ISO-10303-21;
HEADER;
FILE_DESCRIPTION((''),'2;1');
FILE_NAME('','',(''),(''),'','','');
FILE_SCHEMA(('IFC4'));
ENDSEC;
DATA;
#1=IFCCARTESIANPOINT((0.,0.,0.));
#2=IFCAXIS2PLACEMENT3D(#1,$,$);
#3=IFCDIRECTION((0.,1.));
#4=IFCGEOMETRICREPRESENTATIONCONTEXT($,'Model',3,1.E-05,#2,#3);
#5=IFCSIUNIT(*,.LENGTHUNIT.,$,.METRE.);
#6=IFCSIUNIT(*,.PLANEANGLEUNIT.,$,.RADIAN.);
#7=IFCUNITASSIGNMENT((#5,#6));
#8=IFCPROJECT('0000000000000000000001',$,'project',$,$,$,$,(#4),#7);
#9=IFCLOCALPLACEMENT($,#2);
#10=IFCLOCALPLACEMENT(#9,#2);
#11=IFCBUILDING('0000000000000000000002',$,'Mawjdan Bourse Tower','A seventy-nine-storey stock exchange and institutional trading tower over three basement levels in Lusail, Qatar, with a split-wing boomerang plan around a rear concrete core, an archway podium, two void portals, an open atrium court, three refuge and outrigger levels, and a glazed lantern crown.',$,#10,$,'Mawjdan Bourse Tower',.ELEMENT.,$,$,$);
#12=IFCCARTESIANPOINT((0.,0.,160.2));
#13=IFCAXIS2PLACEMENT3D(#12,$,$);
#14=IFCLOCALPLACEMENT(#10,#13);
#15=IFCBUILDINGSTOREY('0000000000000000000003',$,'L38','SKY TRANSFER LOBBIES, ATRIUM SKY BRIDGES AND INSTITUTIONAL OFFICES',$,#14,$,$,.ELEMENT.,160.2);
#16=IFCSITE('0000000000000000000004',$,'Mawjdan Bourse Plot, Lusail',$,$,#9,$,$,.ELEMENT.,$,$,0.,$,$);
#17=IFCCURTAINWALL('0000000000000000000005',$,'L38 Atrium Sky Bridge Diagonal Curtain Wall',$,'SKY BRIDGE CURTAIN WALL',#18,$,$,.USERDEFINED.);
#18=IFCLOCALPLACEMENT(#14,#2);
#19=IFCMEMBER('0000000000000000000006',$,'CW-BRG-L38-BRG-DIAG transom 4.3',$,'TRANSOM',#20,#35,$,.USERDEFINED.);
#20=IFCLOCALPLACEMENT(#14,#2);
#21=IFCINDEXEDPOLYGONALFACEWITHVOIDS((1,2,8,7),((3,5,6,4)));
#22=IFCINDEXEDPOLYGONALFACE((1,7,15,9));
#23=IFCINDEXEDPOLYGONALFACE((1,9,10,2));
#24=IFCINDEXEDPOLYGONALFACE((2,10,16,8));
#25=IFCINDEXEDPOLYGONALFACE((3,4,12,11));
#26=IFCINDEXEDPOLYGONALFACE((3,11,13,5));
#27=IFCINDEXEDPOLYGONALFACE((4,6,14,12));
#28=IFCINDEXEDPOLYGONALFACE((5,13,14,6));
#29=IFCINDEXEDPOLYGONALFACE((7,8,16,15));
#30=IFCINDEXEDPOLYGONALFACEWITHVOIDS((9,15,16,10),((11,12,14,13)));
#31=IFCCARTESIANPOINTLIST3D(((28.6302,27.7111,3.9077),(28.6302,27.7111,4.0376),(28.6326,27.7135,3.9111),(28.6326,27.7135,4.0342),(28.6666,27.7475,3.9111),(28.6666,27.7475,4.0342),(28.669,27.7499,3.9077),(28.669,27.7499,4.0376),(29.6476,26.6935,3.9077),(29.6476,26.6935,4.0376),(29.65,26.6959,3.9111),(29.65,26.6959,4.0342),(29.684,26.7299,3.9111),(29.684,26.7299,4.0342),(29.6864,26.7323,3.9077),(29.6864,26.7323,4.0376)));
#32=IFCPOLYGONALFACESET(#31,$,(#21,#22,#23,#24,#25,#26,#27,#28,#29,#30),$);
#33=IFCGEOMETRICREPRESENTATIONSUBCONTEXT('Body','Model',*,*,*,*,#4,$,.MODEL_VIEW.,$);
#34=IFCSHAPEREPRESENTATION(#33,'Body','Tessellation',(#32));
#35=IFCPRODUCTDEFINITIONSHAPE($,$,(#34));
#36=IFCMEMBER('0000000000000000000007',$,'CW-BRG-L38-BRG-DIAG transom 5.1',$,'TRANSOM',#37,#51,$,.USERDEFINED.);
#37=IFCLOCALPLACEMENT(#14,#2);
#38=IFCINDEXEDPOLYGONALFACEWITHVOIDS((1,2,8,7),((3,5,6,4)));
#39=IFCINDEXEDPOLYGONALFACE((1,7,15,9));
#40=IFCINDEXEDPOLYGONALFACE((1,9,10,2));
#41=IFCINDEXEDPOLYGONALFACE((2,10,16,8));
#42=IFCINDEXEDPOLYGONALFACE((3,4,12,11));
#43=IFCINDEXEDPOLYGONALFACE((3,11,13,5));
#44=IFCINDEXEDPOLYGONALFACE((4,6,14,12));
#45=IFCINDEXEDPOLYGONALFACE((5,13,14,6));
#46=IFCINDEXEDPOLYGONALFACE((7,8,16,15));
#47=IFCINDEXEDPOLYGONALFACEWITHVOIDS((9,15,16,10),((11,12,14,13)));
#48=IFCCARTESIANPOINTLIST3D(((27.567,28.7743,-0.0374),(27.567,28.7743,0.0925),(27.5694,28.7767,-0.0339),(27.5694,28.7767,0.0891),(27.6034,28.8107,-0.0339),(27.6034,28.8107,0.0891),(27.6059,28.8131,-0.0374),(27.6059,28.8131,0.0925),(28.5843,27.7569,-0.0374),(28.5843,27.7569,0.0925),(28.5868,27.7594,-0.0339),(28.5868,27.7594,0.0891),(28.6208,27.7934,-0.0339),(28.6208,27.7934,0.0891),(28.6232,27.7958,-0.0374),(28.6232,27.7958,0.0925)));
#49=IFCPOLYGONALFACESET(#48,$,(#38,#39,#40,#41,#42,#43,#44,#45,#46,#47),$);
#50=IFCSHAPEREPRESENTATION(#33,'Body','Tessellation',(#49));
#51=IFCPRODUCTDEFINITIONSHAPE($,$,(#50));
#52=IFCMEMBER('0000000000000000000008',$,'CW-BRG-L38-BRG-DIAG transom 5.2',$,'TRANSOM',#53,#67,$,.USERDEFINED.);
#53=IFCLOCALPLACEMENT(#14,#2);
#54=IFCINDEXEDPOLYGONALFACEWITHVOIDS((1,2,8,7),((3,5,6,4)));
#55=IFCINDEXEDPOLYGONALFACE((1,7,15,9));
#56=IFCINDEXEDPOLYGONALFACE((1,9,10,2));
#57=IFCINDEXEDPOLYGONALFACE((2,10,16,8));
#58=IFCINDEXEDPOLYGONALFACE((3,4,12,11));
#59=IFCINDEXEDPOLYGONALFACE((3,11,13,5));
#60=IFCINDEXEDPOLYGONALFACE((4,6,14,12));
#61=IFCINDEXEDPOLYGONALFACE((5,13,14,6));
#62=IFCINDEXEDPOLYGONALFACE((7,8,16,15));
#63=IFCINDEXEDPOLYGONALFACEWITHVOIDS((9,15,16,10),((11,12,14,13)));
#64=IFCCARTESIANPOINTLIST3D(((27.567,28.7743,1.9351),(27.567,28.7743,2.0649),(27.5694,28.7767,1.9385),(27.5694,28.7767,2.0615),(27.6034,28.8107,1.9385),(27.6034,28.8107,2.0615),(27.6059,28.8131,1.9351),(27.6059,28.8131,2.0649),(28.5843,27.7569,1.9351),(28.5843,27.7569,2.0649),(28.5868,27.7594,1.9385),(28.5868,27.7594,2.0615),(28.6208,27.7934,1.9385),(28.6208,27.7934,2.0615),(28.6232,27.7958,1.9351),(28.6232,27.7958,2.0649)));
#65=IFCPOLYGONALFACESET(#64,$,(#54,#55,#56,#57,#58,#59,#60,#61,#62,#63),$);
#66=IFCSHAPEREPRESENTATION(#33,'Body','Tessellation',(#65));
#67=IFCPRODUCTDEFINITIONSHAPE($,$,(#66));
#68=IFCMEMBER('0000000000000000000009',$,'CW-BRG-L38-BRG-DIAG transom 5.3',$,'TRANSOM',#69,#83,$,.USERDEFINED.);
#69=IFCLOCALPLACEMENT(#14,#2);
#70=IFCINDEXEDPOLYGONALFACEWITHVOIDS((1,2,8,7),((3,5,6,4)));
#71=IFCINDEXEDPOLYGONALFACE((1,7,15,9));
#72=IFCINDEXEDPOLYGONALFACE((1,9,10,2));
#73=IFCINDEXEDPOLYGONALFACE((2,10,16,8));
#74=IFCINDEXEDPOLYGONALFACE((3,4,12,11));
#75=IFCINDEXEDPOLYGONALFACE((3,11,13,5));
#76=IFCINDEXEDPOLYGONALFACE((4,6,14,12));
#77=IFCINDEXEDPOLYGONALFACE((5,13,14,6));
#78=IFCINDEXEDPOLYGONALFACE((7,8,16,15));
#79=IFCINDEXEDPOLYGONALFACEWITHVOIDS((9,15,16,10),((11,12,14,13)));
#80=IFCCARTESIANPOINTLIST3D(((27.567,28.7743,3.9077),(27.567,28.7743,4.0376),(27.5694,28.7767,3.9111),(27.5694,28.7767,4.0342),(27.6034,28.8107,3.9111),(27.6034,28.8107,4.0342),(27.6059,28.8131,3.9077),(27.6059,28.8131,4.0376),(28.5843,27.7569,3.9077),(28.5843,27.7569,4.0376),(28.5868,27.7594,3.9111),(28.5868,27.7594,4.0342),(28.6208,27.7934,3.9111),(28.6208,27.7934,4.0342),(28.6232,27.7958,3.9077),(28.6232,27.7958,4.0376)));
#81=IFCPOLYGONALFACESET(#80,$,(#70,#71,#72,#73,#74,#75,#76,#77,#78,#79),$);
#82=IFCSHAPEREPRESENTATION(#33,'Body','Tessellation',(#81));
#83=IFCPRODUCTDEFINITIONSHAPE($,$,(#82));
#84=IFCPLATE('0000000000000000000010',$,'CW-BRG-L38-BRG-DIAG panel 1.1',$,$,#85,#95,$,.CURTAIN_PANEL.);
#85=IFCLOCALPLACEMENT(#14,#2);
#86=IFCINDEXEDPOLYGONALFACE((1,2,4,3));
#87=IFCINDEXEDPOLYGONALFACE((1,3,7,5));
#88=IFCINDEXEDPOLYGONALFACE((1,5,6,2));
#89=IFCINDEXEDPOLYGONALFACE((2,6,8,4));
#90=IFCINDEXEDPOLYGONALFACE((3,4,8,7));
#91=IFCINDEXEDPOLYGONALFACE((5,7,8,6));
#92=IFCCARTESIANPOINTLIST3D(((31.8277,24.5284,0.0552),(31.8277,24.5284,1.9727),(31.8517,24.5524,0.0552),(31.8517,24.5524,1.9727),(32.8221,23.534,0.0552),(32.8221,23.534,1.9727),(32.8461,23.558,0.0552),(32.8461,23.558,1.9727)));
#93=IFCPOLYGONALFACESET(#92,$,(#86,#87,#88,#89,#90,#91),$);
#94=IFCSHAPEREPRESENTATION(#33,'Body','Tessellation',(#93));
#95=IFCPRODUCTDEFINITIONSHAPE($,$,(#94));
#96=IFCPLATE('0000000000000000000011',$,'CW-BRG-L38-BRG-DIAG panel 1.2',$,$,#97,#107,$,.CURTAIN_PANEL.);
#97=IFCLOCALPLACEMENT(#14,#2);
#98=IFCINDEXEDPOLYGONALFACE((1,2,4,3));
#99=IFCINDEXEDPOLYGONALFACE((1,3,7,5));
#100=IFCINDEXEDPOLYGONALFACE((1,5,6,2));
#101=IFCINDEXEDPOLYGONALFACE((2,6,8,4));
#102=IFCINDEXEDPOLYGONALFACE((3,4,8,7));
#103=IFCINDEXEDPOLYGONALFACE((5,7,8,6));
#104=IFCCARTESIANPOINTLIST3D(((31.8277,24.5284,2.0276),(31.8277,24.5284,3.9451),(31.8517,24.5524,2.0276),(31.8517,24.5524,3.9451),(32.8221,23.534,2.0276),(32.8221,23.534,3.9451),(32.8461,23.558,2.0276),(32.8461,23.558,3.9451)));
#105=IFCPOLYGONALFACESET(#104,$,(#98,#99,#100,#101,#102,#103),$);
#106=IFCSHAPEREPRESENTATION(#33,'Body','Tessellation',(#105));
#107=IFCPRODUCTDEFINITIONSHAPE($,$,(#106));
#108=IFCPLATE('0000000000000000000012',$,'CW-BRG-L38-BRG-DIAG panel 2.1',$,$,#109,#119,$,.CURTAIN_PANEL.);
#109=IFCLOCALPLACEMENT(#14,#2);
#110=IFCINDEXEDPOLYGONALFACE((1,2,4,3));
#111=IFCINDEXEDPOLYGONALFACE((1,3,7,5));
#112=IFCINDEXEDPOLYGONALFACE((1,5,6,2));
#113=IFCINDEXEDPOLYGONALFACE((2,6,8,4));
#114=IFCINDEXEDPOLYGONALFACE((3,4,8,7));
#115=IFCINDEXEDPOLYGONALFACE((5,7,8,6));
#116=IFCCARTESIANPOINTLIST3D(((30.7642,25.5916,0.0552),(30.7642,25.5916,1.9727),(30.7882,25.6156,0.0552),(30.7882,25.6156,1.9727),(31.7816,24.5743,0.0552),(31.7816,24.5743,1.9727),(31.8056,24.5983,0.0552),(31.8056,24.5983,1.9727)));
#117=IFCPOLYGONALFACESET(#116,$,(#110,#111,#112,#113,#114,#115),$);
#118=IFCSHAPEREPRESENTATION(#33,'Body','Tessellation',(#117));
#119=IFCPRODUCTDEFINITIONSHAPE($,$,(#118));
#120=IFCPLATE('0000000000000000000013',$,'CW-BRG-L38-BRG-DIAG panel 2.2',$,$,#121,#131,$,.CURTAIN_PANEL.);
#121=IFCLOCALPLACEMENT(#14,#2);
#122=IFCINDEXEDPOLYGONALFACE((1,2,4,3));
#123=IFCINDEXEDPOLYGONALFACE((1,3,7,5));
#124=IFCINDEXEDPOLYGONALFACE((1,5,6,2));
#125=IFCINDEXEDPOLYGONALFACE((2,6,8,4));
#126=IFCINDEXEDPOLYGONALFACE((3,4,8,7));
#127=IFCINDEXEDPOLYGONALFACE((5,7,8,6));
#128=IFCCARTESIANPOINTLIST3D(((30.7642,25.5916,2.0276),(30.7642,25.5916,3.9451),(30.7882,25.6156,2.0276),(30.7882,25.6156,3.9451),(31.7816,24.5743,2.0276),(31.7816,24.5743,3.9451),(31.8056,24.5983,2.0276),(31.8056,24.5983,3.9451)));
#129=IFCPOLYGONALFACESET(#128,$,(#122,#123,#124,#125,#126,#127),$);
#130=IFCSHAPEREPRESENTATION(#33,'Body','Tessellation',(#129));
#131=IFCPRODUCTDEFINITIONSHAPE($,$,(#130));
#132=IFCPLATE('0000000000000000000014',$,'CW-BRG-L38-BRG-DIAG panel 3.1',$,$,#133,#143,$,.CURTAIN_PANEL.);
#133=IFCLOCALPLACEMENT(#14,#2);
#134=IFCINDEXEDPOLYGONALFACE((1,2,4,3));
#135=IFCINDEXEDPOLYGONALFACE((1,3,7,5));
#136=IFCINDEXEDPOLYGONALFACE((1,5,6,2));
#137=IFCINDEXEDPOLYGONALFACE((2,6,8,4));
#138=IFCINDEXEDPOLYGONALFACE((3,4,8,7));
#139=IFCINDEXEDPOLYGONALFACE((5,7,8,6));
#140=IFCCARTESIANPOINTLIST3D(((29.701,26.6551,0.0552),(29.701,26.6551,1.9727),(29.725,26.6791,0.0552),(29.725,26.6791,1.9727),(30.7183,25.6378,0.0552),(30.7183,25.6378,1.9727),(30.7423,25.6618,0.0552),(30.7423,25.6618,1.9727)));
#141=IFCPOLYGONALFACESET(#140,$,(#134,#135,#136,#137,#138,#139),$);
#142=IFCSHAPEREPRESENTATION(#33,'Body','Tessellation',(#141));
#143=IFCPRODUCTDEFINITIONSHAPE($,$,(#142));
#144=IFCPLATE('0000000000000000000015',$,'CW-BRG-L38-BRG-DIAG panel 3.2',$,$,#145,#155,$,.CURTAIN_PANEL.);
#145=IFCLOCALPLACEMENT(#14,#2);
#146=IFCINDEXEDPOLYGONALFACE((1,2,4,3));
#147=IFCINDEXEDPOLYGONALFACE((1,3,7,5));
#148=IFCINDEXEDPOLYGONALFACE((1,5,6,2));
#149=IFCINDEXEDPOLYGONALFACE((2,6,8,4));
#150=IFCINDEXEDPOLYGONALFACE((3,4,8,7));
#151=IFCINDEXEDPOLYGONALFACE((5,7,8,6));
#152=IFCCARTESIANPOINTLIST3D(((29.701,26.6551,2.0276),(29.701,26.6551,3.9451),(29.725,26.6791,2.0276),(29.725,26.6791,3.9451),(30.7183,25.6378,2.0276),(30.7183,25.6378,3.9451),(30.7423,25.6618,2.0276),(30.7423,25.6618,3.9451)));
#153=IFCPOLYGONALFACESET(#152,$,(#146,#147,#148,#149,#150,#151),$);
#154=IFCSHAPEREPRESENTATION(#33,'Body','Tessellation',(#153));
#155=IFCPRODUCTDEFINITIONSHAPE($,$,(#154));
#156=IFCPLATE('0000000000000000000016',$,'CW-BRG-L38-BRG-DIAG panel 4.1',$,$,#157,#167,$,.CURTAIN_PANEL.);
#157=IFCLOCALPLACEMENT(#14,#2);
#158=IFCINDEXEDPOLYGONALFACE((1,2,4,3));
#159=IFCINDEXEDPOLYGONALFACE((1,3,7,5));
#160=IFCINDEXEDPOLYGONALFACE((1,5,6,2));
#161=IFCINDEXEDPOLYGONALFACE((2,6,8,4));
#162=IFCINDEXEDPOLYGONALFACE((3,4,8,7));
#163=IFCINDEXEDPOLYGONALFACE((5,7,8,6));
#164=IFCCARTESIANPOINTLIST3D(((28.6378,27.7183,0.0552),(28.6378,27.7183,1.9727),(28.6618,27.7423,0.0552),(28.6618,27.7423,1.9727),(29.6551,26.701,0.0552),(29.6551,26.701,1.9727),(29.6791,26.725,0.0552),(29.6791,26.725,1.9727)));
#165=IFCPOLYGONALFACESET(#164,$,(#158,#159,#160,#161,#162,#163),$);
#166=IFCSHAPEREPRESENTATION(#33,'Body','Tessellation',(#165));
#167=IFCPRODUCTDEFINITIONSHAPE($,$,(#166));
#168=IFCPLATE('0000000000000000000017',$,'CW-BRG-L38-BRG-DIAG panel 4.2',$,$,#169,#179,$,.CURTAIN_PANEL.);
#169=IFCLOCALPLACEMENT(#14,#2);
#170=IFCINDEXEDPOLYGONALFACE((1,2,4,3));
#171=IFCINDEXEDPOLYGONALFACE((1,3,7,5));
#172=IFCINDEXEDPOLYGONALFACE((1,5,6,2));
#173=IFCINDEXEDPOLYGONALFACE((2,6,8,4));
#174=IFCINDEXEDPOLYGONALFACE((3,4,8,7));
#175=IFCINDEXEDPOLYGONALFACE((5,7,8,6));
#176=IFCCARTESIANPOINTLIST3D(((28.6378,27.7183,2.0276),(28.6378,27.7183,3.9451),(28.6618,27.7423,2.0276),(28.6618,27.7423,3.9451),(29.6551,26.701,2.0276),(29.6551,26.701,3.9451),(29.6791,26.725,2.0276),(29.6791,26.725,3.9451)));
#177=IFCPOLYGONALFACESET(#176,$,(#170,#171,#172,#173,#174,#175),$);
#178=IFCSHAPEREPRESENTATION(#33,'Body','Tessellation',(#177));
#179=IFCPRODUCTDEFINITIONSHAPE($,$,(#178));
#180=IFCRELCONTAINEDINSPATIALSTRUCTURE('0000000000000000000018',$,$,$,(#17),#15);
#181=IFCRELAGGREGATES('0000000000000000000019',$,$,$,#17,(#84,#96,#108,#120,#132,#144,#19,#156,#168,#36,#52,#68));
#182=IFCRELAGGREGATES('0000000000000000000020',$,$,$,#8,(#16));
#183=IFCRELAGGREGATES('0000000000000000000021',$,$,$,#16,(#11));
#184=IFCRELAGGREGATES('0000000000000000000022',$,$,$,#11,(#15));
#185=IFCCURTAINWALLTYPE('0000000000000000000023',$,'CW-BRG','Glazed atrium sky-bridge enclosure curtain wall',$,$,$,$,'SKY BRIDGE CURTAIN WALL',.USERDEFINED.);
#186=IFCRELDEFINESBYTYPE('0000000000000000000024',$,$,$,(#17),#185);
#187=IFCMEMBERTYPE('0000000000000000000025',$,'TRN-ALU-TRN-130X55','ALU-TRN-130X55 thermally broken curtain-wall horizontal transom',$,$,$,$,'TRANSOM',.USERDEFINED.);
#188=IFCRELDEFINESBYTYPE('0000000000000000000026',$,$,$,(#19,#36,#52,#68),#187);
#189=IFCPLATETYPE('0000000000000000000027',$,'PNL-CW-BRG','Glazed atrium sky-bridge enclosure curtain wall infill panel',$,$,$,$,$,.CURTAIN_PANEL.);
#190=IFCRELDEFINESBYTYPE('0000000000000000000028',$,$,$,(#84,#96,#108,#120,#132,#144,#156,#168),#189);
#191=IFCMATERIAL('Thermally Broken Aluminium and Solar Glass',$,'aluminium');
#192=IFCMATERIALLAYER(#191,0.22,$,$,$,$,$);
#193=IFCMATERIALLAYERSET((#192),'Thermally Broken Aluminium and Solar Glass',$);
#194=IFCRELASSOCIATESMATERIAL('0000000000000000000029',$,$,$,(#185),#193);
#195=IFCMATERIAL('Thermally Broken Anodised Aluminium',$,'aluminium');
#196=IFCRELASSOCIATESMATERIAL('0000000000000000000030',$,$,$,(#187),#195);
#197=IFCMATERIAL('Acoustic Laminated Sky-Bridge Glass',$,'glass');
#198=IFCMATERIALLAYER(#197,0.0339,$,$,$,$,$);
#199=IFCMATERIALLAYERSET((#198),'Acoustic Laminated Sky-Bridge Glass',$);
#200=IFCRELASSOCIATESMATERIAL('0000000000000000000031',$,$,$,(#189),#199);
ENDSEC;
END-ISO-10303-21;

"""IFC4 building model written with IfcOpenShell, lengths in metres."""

from ifc_helpers import new_model, si_unit, direction, frame, origin, origin_2d, place, context, subcontext, project, spatial, rectangle, hollow_rectangle, extrude, material, layer, layer_set, material_profile, profile_set, type_object, element, aggregate, save


model = new_model("IFC4")

# Units and contexts
model_context = context("Model", 3, precision=1e-05, world=origin(), true_north=direction((0.0, 1.0)))
body_context = subcontext(model_context, "Body", "Model", "MODEL_VIEW")
ifc_project = project(units=[si_unit("LENGTHUNIT", "METRE"), si_unit("PLANEANGLEUNIT", "RADIAN")], contexts=[model_context])

# Site, building, storey
site_placement = place(None, origin())
site = spatial("IfcSite", under=ifc_project, at=site_placement, Name="Mawjdan Bourse Plot, Lusail", CompositionType="ELEMENT", RefElevation=0.0)
building_placement = place(site_placement, origin())
building = spatial("IfcBuilding", under=site, at=building_placement, Name="Mawjdan Bourse Tower", Description="A seventy-nine-storey stock exchange and institutional trading tower over three basement levels in Lusail, Qatar, with a split-wing boomerang plan around a rear concrete core, an archway podium, two void portals, an open atrium court, three refuge and outrigger levels, and a glazed lantern crown.", LongName="Mawjdan Bourse Tower", CompositionType="ELEMENT")
storey_placement = place(building_placement, frame((0.0, 0.0, 160.2)))
storey = spatial("IfcBuildingStorey", under=building, at=storey_placement, Name="L38", Description="SKY TRANSFER LOBBIES, ATRIUM SKY BRIDGES AND INSTITUTIONAL OFFICES", CompositionType="ELEMENT", Elevation=160.2)

# Curtain wall
ifc_material_1 = material(Name="Thermally Broken Aluminium and Solar Glass", Category="aluminium")
ifc_layer_1 = layer(ifc_material_1, 0.22)
ifc_layer_set_1 = layer_set([ifc_layer_1], Name="Thermally Broken Aluminium and Solar Glass")
curtain_wall_type = type_object("IfcCurtainWallType", Name="CW-BRG", Description="Glazed atrium sky-bridge enclosure curtain wall", ElementType="SKY BRIDGE CURTAIN WALL", PredefinedType="USERDEFINED", material=ifc_layer_set_1)
curtain_wall_placement = place(storey_placement, origin())
curtain_wall = element("IfcCurtainWall", 1, at=curtain_wall_placement, inside=storey, type_object=curtain_wall_type, Name="L38 Atrium Sky Bridge Diagonal Curtain Wall", ObjectType="SKY BRIDGE CURTAIN WALL", PredefinedType="USERDEFINED")
ifc_material_2 = material(Name="Thermally Broken Anodised Aluminium", Category="aluminium")

# Members
ifc_material_profile_1 = material_profile(ifc_material_2, hollow_rectangle(XDim=0.0549, YDim=0.1299, WallThickness=0.0034, at=origin_2d()), Name="ALU-TRN-130X55")
ifc_profile_set_1 = profile_set([ifc_material_profile_1], Name="Thermally Broken Anodised Aluminium")
member_type_1 = type_object("IfcMemberType", Name="TRN-ALU-TRN-130X55", Description="ALU-TRN-130X55 thermally broken curtain-wall horizontal transom", ElementType="TRANSOM", PredefinedType="USERDEFINED", material=ifc_profile_set_1)
member_1_placement = place(storey_placement, frame((29.667, 26.7129, 3.9727), z_axis=(-0.707022, 0.707192, 0.0), x_axis=(-0.707192, -0.707022, 0.0)))
member_1 = element("IfcMember", 2, at=member_1_placement, type_object=member_type_1, Name="CW-BRG-L38-BRG-DIAG transom 4.3", ObjectType="TRANSOM", PredefinedType="USERDEFINED", context=body_context, shape_type="SweptSolid", body=[
    extrude(hollow_rectangle(XDim=0.0549, YDim=0.1299, WallThickness=0.0034, at=origin_2d()), origin(), (0.0, 0.0, 1.0), 1.439),
])
member_2_placement = place(storey_placement, frame((28.6038, 27.7764, 0.0276), z_axis=(-0.707107, 0.707107, 0.0), x_axis=(-0.707107, -0.707107, 0.0)))
member_2 = element("IfcMember", 3, at=member_2_placement, type_object=member_type_1, Name="CW-BRG-L38-BRG-DIAG transom 5.1", ObjectType="TRANSOM", PredefinedType="USERDEFINED", context=body_context, shape_type="SweptSolid", body=[
    extrude(hollow_rectangle(XDim=0.0549, YDim=0.1299, WallThickness=0.0034, at=origin_2d()), origin(), (0.0, 0.0, 1.0), 1.4387),
])
member_3_placement = place(storey_placement, frame((28.6038, 27.7764, 2.0), z_axis=(-0.707107, 0.707107, 0.0), x_axis=(-0.707107, -0.707107, 0.0)))
member_3 = element("IfcMember", 4, at=member_3_placement, type_object=member_type_1, Name="CW-BRG-L38-BRG-DIAG transom 5.2", ObjectType="TRANSOM", PredefinedType="USERDEFINED", context=body_context, shape_type="SweptSolid", body=[
    extrude(hollow_rectangle(XDim=0.0549, YDim=0.1299, WallThickness=0.0034, at=origin_2d()), origin(), (0.0, 0.0, 1.0), 1.4387),
])
member_4_placement = place(storey_placement, frame((28.6038, 27.7764, 3.9727), z_axis=(-0.707107, 0.707107, 0.0), x_axis=(-0.707107, -0.707107, 0.0)))
member_4 = element("IfcMember", 5, at=member_4_placement, type_object=member_type_1, Name="CW-BRG-L38-BRG-DIAG transom 5.3", ObjectType="TRANSOM", PredefinedType="USERDEFINED", context=body_context, shape_type="SweptSolid", body=[
    extrude(hollow_rectangle(XDim=0.0549, YDim=0.1299, WallThickness=0.0034, at=origin_2d()), origin(), (0.0, 0.0, 1.0), 1.4387),
])

# Plates
ifc_material_3 = material(Name="Acoustic Laminated Sky-Bridge Glass", Category="glass")
ifc_layer_2 = layer(ifc_material_3, 0.0339)
ifc_layer_set_2 = layer_set([ifc_layer_2], Name="Acoustic Laminated Sky-Bridge Glass")
plate_type = type_object("IfcPlateType", Name="PNL-CW-BRG", Description="Glazed atrium sky-bridge enclosure curtain wall infill panel", PredefinedType="CURTAIN_PANEL", material=ifc_layer_set_2)
plate_1_placement = place(storey_placement, frame((32.3369, 24.0432, 0.0552), z_axis=(0.0, 0.0, 1.0), x_axis=(-0.707107, 0.707107, 0.0)))
plate_1 = element("IfcPlate", 6, at=plate_1_placement, type_object=plate_type, Name="CW-BRG-L38-BRG-DIAG panel 1.1", PredefinedType="CURTAIN_PANEL", context=body_context, shape_type="SweptSolid", body=[
    extrude(rectangle(XDim=1.4062, YDim=0.0339, at=origin_2d()), origin(), (0.0, 0.0, 1.0), 1.9175),
])
plate_2_placement = place(storey_placement, frame((32.3369, 24.0432, 2.0276), z_axis=(0.0, 0.0, 1.0), x_axis=(-0.707107, 0.707107, 0.0)))
plate_2 = element("IfcPlate", 7, at=plate_2_placement, type_object=plate_type, Name="CW-BRG-L38-BRG-DIAG panel 1.2", PredefinedType="CURTAIN_PANEL", context=body_context, shape_type="SweptSolid", body=[
    extrude(rectangle(XDim=1.4062, YDim=0.0339, at=origin_2d()), origin(), (0.0, 0.0, 1.0), 1.9175),
])
plate_3_placement = place(storey_placement, frame((31.2849, 25.095, 0.0552), z_axis=(0.0, 0.0, 1.0), x_axis=(-0.707107, 0.707107, 0.0)))
plate_3 = element("IfcPlate", 8, at=plate_3_placement, type_object=plate_type, Name="CW-BRG-L38-BRG-DIAG panel 2.1", PredefinedType="CURTAIN_PANEL", context=body_context, shape_type="SweptSolid", body=[
    extrude(rectangle(XDim=1.4387, YDim=0.0339, at=origin_2d()), origin(), (0.0, 0.0, 1.0), 1.9175),
])
plate_4_placement = place(storey_placement, frame((31.2849, 25.095, 2.0276), z_axis=(0.0, 0.0, 1.0), x_axis=(-0.707107, 0.707107, 0.0)))
plate_4 = element("IfcPlate", 9, at=plate_4_placement, type_object=plate_type, Name="CW-BRG-L38-BRG-DIAG panel 2.2", PredefinedType="CURTAIN_PANEL", context=body_context, shape_type="SweptSolid", body=[
    extrude(rectangle(XDim=1.4387, YDim=0.0339, at=origin_2d()), origin(), (0.0, 0.0, 1.0), 1.9175),
])
plate_5_placement = place(storey_placement, frame((30.2217, 26.1584, 0.0552), z_axis=(0.0, 0.0, 1.0), x_axis=(-0.707107, 0.707107, 0.0)))
plate_5 = element("IfcPlate", 10, at=plate_5_placement, type_object=plate_type, Name="CW-BRG-L38-BRG-DIAG panel 3.1", PredefinedType="CURTAIN_PANEL", context=body_context, shape_type="SweptSolid", body=[
    extrude(rectangle(XDim=1.4387, YDim=0.0339, at=origin_2d()), origin(), (0.0, 0.0, 1.0), 1.9175),
])
plate_6_placement = place(storey_placement, frame((30.2217, 26.1584, 2.0276), z_axis=(0.0, 0.0, 1.0), x_axis=(-0.707107, 0.707107, 0.0)))
plate_6 = element("IfcPlate", 11, at=plate_6_placement, type_object=plate_type, Name="CW-BRG-L38-BRG-DIAG panel 3.2", PredefinedType="CURTAIN_PANEL", context=body_context, shape_type="SweptSolid", body=[
    extrude(rectangle(XDim=1.4387, YDim=0.0339, at=origin_2d()), origin(), (0.0, 0.0, 1.0), 1.9175),
])
plate_7_placement = place(storey_placement, frame((29.1584, 27.2217, 0.0552), z_axis=(0.0, 0.0, 1.0), x_axis=(-0.707107, 0.707107, 0.0)))
plate_7 = element("IfcPlate", 12, at=plate_7_placement, type_object=plate_type, Name="CW-BRG-L38-BRG-DIAG panel 4.1", PredefinedType="CURTAIN_PANEL", context=body_context, shape_type="SweptSolid", body=[
    extrude(rectangle(XDim=1.4387, YDim=0.0339, at=origin_2d()), origin(), (0.0, 0.0, 1.0), 1.9175),
])
plate_8_placement = place(storey_placement, frame((29.1584, 27.2217, 2.0276), z_axis=(0.0, 0.0, 1.0), x_axis=(-0.707107, 0.707107, 0.0)))
plate_8 = element("IfcPlate", 13, at=plate_8_placement, type_object=plate_type, Name="CW-BRG-L38-BRG-DIAG panel 4.2", PredefinedType="CURTAIN_PANEL", context=body_context, shape_type="SweptSolid", body=[
    extrude(rectangle(XDim=1.4387, YDim=0.0339, at=origin_2d()), origin(), (0.0, 0.0, 1.0), 1.9175),
])
aggregate(curtain_wall, [plate_1, plate_2, plate_3, plate_4, plate_5, plate_6, member_1, plate_7, plate_8, member_2, member_3, member_4])

save(model, "model.ifc")
